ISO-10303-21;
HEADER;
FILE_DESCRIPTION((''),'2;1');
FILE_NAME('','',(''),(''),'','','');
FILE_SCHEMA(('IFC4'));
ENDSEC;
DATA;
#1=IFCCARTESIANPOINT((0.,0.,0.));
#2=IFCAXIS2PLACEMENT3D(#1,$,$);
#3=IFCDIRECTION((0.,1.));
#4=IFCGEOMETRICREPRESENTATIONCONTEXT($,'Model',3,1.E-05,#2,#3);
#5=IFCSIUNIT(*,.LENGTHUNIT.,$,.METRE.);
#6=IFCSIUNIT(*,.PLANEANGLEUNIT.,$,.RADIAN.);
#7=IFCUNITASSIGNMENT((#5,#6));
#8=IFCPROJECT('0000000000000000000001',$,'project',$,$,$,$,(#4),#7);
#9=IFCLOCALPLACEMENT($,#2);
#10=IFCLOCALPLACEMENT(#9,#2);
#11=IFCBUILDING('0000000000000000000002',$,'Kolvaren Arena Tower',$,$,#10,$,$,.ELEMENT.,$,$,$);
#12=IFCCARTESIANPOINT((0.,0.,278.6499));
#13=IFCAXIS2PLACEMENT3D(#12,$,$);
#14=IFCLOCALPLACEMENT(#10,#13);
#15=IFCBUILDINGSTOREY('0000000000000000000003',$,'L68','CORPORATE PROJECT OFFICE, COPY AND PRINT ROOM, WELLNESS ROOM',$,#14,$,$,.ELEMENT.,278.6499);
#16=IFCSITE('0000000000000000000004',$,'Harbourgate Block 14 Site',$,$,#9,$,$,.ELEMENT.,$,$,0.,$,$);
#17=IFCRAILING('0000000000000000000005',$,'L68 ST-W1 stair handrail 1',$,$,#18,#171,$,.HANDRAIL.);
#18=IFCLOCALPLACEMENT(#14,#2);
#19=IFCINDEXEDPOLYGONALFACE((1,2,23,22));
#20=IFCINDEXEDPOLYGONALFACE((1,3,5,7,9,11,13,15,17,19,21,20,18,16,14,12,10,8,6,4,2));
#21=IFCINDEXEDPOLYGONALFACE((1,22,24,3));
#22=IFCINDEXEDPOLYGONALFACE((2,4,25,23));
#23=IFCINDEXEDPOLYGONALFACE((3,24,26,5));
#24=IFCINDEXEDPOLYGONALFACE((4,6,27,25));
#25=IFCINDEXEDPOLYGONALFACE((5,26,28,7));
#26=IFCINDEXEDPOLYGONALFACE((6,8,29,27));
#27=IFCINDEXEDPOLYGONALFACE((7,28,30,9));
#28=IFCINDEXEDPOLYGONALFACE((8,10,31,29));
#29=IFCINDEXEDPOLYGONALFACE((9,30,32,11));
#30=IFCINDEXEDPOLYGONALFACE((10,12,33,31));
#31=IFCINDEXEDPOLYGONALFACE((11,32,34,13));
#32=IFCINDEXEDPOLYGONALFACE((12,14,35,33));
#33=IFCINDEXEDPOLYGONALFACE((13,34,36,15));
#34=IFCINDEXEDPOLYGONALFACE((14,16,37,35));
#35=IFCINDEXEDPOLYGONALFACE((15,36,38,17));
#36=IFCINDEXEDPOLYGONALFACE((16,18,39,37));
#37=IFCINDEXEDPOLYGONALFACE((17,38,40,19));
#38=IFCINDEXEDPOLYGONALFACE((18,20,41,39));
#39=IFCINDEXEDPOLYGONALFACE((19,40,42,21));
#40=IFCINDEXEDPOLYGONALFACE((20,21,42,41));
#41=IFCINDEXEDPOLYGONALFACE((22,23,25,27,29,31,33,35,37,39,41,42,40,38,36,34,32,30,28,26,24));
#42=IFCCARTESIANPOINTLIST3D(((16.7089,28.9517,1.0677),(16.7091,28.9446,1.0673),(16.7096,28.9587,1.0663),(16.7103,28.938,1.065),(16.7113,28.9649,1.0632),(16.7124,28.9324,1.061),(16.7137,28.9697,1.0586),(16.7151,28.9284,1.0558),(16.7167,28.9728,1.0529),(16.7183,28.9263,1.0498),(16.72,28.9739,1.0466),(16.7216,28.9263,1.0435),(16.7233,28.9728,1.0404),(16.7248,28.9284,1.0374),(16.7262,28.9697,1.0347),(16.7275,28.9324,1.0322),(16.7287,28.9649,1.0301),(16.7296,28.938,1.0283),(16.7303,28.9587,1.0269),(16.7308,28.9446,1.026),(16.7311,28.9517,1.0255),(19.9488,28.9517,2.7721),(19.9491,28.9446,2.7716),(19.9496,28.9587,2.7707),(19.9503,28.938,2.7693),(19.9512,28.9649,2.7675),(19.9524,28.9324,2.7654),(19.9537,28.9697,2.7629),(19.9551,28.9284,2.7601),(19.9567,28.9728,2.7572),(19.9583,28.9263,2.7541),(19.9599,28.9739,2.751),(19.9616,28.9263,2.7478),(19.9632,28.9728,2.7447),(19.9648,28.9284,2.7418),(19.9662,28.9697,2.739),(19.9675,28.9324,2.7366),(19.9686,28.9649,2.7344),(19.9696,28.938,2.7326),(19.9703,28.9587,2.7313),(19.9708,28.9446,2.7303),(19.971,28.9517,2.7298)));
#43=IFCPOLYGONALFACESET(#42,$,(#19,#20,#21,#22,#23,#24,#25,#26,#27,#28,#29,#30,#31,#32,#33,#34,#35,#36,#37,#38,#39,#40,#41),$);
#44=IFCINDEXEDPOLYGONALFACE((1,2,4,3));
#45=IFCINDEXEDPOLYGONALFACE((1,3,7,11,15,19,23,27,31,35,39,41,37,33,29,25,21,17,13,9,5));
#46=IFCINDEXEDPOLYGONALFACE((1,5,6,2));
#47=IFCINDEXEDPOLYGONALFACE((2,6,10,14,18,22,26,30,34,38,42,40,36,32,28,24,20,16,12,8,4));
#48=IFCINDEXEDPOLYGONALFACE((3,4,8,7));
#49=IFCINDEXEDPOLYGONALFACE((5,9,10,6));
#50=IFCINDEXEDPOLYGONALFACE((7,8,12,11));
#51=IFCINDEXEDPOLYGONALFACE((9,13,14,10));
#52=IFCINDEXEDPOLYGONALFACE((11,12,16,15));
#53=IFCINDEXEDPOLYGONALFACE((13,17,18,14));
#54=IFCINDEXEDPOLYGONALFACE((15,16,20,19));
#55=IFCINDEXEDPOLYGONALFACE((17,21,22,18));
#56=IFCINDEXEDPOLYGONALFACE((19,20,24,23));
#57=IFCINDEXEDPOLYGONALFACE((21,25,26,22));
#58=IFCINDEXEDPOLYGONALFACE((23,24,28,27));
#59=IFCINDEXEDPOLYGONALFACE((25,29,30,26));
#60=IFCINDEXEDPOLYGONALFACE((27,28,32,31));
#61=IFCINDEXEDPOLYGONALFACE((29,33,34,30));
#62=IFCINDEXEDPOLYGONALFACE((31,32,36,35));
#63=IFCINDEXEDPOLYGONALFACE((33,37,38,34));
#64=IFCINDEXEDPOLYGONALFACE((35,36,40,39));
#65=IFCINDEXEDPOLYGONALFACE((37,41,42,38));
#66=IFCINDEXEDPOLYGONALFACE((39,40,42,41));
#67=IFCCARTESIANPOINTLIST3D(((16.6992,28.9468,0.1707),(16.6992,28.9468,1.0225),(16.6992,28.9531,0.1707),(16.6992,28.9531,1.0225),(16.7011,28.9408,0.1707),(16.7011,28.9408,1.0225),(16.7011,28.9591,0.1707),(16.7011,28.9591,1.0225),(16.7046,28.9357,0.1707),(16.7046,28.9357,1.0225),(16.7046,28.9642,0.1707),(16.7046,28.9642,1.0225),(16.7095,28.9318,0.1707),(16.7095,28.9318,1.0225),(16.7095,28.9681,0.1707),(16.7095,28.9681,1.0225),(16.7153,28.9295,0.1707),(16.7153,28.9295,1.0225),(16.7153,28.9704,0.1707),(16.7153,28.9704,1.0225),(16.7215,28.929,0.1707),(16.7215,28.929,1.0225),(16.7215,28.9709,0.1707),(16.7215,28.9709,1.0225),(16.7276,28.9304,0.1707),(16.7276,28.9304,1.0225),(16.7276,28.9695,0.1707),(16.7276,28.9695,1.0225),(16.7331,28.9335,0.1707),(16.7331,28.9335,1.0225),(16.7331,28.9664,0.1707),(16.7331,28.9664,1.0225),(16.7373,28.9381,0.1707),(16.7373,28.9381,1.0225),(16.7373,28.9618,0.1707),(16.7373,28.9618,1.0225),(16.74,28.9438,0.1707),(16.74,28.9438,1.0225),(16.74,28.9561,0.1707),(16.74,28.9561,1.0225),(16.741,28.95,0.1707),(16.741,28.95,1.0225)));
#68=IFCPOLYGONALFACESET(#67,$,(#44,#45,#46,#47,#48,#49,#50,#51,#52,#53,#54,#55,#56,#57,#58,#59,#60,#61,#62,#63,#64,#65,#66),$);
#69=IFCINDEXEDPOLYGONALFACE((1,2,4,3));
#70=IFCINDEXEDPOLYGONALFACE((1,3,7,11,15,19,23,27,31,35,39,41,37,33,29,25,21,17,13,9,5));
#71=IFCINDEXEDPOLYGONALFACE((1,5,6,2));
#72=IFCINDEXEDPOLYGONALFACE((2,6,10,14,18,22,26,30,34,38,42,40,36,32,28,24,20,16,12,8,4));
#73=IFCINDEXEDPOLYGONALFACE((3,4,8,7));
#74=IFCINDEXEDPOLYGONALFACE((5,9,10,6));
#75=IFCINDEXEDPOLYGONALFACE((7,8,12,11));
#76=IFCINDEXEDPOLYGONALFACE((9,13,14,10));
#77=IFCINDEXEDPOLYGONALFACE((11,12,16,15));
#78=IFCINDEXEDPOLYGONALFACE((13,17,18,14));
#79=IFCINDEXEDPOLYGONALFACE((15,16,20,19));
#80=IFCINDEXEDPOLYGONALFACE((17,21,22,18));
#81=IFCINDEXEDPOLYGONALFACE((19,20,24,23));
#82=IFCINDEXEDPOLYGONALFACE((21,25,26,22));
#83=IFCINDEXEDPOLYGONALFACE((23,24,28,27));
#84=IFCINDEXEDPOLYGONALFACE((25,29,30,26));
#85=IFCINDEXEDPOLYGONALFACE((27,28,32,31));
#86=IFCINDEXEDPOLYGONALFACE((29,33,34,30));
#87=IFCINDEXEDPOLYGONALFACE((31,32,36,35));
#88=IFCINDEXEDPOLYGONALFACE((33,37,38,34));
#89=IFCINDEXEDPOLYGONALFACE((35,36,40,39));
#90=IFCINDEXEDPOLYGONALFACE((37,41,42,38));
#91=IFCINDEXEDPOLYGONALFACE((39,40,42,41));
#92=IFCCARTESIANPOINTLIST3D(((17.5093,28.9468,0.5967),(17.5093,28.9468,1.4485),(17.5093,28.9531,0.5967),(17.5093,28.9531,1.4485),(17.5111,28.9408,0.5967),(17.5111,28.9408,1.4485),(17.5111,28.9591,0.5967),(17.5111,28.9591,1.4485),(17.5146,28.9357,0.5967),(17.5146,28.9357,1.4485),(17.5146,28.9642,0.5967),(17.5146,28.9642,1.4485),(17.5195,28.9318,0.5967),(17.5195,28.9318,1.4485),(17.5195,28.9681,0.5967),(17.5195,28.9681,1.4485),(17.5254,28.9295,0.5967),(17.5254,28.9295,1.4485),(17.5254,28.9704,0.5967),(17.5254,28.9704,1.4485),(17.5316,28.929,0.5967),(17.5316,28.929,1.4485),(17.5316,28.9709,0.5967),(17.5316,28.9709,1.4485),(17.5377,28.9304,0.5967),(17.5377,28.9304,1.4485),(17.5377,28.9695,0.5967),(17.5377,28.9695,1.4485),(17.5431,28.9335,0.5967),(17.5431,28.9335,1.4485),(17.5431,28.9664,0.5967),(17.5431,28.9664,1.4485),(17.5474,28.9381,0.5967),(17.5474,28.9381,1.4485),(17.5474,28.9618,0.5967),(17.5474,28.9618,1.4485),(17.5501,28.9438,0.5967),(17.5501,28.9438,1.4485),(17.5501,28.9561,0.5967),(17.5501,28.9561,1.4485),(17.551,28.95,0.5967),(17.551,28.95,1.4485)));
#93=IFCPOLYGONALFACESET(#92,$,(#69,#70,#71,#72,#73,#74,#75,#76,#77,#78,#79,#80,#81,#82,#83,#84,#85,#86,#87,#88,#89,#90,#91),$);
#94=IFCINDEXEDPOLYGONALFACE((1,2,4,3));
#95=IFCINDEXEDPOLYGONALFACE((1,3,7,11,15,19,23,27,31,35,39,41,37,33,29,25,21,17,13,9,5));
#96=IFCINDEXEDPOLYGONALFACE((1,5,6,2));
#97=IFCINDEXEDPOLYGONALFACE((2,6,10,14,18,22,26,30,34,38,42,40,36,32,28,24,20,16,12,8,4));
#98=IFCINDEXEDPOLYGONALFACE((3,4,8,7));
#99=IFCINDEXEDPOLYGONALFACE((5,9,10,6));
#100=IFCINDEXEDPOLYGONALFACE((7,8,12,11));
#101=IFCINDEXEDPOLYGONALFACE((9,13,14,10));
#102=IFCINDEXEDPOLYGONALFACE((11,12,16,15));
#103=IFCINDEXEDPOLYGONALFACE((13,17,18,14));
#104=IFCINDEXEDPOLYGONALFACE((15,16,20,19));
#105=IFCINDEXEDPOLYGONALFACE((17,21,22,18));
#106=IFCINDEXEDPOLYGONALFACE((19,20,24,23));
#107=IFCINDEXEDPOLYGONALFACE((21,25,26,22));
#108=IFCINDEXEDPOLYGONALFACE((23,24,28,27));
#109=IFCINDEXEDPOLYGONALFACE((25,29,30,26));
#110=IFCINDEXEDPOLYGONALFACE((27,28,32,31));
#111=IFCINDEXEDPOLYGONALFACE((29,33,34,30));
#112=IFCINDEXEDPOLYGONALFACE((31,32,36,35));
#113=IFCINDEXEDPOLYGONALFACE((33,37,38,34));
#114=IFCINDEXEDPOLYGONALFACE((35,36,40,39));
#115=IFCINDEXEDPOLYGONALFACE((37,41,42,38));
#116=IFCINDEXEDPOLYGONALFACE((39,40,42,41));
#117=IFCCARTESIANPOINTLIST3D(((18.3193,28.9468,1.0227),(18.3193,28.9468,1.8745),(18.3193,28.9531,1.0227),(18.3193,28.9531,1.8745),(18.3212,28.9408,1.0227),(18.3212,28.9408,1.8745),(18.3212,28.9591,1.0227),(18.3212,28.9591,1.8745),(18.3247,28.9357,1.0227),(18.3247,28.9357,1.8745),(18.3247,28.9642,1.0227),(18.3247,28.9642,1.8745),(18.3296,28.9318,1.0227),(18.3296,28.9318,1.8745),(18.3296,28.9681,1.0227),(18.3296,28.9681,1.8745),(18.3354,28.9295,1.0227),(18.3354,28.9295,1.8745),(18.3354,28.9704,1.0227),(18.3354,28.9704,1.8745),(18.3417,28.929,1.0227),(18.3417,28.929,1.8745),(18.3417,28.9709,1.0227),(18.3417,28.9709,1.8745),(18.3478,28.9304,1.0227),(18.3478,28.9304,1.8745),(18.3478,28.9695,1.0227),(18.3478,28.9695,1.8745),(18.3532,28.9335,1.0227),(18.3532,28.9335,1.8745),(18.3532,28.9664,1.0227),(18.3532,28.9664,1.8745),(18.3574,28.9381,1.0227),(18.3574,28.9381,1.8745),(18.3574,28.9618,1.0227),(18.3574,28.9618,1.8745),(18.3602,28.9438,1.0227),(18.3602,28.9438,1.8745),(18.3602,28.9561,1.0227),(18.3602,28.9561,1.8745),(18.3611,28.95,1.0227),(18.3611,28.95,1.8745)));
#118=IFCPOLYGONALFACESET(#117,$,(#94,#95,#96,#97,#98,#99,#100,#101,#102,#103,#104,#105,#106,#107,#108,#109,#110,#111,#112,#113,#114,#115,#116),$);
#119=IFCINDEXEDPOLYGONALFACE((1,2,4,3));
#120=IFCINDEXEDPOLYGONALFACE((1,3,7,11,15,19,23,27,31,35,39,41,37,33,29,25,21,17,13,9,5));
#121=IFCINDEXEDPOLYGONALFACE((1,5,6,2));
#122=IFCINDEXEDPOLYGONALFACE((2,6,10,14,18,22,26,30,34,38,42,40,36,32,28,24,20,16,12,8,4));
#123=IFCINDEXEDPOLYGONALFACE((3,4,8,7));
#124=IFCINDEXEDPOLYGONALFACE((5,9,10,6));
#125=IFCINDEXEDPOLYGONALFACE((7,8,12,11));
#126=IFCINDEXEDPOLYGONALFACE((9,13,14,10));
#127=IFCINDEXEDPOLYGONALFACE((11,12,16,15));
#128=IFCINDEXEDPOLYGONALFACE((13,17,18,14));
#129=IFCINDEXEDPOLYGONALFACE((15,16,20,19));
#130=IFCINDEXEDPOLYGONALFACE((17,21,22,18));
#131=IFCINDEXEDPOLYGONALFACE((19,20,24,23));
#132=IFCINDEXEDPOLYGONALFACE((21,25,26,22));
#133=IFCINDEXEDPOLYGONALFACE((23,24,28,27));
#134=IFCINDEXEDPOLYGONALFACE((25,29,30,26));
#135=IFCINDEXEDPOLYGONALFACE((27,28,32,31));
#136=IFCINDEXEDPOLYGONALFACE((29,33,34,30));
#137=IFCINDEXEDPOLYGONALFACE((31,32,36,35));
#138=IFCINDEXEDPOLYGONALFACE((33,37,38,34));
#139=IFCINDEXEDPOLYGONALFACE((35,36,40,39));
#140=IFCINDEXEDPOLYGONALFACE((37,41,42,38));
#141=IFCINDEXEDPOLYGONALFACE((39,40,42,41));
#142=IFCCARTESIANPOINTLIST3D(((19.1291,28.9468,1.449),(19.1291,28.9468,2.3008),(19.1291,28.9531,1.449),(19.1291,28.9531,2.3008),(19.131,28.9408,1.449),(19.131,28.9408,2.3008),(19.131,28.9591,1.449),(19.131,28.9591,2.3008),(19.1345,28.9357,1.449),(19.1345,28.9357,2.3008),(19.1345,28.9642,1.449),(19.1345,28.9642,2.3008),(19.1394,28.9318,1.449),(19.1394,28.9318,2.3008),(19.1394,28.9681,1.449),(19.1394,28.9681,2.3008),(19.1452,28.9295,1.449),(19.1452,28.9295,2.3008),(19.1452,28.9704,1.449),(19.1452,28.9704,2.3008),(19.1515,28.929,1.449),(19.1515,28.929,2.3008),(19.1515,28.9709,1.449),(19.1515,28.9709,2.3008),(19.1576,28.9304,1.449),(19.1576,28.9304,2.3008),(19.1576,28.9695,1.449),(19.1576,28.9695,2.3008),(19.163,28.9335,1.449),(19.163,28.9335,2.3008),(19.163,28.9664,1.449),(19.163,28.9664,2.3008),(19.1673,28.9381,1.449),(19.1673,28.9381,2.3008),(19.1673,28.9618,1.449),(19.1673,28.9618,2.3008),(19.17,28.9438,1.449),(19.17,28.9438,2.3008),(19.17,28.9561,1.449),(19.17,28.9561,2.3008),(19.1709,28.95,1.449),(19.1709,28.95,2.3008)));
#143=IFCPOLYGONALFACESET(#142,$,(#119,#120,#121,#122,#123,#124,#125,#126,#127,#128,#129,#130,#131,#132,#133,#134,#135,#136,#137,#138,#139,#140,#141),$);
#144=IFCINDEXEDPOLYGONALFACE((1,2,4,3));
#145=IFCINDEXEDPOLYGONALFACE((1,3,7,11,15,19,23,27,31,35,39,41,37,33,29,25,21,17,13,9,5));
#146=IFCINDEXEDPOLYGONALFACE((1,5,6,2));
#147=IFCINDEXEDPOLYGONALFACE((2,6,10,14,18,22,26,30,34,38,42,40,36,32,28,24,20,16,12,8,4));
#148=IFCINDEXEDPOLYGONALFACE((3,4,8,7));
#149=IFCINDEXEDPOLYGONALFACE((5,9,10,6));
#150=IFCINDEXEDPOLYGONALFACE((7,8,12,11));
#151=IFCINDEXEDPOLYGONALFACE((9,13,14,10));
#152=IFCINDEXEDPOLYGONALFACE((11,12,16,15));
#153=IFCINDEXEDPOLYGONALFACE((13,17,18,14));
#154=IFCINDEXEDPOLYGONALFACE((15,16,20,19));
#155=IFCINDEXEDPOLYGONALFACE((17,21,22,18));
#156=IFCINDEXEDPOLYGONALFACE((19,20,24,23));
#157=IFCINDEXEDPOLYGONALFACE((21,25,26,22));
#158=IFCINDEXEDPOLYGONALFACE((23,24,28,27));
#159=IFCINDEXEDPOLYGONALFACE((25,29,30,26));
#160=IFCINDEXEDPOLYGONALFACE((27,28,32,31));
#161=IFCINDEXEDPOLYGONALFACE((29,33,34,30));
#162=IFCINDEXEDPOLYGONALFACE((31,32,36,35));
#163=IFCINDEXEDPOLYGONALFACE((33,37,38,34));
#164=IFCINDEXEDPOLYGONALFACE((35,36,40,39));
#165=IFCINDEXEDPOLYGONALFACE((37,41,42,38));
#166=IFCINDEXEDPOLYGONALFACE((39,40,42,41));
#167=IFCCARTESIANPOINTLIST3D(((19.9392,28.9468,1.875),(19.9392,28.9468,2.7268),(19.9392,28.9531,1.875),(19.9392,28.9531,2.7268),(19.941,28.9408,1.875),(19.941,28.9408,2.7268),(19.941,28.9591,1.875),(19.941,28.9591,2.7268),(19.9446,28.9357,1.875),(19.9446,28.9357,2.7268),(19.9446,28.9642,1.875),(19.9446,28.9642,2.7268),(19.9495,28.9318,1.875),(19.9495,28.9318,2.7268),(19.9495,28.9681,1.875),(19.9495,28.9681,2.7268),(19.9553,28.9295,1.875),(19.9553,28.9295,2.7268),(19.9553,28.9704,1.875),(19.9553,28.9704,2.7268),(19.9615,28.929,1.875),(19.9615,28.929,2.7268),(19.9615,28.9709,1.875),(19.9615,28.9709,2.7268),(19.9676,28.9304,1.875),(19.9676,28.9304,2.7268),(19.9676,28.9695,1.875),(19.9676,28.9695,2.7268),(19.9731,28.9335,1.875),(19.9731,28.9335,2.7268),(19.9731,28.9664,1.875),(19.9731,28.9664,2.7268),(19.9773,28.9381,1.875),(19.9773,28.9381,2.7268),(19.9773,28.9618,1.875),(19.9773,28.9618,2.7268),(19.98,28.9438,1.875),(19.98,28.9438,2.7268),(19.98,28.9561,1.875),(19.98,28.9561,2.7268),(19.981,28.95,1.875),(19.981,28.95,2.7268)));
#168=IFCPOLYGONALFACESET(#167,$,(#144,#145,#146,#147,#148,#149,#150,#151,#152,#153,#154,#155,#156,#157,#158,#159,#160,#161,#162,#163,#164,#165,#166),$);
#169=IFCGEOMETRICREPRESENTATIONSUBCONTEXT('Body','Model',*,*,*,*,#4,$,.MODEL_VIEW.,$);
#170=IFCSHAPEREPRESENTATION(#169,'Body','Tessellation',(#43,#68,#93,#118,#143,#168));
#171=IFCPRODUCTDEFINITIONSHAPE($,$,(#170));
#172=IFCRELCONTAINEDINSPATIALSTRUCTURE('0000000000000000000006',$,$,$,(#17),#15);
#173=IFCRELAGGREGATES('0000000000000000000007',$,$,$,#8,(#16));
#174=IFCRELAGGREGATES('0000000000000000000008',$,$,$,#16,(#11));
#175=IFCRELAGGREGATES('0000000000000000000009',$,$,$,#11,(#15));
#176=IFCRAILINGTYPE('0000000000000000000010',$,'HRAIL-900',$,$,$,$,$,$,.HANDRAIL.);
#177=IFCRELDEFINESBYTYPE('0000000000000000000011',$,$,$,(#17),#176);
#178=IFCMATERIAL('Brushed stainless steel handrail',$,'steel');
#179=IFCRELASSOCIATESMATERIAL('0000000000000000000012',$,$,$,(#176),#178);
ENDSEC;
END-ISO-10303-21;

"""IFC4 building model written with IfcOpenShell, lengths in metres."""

from ifc_helpers import new_model, si_unit, direction, frame, origin, origin_2d, place, context, subcontext, project, spatial, circle, extrude, material, type_object, element, save


model = new_model("IFC4")

# Units and contexts
model_context = context("Model", 3, precision=1e-05, world=origin(), true_north=direction((0.0, 1.0)))
body_context = subcontext(model_context, "Body", "Model", "MODEL_VIEW")
ifc_project = project(units=[si_unit("LENGTHUNIT", "METRE"), si_unit("PLANEANGLEUNIT", "RADIAN")], contexts=[model_context])

# Site, building, storey
site_placement = place(None, origin())
site = spatial("IfcSite", under=ifc_project, at=site_placement, Name="Harbourgate Block 14 Site", CompositionType="ELEMENT", RefElevation=0.0)
building_placement = place(site_placement, origin())
building = spatial("IfcBuilding", under=site, at=building_placement, Name="Kolvaren Arena Tower", CompositionType="ELEMENT")
storey_placement = place(building_placement, frame((0.0, 0.0, 278.6499)))
storey = spatial("IfcBuildingStorey", under=building, at=storey_placement, Name="L68", Description="CORPORATE PROJECT OFFICE, COPY AND PRINT ROOM, WELLNESS ROOM", CompositionType="ELEMENT", Elevation=278.6499)

# Railing
ifc_material_1 = material(Name="Brushed stainless steel handrail", Category="steel")
railing_type_1 = type_object("IfcRailingType", Name="HRAIL-900", PredefinedType="HANDRAIL", material=ifc_material_1)
railing_1_placement = place(storey_placement, frame((16.72, 28.95, 0.1707)))
element("IfcRailing", 1, at=railing_1_placement, inside=storey, type_object=railing_type_1, Name="L68 ST-W1 stair handrail 1", PredefinedType="HANDRAIL", context=body_context, shape_type="SweptSolid", body=[
    extrude(circle(Radius=0.0239, at=origin_2d()), frame((0.0, 0.0, 0.876), z_axis=(0.885021, 0.0, 0.465551), x_axis=(0.0, 1.0, 0.0)), (0.0, 0.0, 1.0), 3.6609),
    extrude(circle(Radius=0.021, at=origin_2d()), origin(), (0.0, 0.0, 1.0), 0.8518),
    extrude(circle(Radius=0.021, at=origin_2d()), frame((0.8101, 0.0, 0.426)), (0.0, 0.0, 1.0), 0.8518),
    extrude(circle(Radius=0.021, at=origin_2d()), frame((1.6201, 0.0, 0.8521)), (0.0, 0.0, 1.0), 0.8518),
    extrude(circle(Radius=0.021, at=origin_2d()), frame((2.4299, 0.0, 1.2783)), (0.0, 0.0, 1.0), 0.8518),
    extrude(circle(Radius=0.021, at=origin_2d()), frame((3.24, 0.0, 1.7043)), (0.0, 0.0, 1.0), 0.8518),
])

save(model, "model.ifc")
